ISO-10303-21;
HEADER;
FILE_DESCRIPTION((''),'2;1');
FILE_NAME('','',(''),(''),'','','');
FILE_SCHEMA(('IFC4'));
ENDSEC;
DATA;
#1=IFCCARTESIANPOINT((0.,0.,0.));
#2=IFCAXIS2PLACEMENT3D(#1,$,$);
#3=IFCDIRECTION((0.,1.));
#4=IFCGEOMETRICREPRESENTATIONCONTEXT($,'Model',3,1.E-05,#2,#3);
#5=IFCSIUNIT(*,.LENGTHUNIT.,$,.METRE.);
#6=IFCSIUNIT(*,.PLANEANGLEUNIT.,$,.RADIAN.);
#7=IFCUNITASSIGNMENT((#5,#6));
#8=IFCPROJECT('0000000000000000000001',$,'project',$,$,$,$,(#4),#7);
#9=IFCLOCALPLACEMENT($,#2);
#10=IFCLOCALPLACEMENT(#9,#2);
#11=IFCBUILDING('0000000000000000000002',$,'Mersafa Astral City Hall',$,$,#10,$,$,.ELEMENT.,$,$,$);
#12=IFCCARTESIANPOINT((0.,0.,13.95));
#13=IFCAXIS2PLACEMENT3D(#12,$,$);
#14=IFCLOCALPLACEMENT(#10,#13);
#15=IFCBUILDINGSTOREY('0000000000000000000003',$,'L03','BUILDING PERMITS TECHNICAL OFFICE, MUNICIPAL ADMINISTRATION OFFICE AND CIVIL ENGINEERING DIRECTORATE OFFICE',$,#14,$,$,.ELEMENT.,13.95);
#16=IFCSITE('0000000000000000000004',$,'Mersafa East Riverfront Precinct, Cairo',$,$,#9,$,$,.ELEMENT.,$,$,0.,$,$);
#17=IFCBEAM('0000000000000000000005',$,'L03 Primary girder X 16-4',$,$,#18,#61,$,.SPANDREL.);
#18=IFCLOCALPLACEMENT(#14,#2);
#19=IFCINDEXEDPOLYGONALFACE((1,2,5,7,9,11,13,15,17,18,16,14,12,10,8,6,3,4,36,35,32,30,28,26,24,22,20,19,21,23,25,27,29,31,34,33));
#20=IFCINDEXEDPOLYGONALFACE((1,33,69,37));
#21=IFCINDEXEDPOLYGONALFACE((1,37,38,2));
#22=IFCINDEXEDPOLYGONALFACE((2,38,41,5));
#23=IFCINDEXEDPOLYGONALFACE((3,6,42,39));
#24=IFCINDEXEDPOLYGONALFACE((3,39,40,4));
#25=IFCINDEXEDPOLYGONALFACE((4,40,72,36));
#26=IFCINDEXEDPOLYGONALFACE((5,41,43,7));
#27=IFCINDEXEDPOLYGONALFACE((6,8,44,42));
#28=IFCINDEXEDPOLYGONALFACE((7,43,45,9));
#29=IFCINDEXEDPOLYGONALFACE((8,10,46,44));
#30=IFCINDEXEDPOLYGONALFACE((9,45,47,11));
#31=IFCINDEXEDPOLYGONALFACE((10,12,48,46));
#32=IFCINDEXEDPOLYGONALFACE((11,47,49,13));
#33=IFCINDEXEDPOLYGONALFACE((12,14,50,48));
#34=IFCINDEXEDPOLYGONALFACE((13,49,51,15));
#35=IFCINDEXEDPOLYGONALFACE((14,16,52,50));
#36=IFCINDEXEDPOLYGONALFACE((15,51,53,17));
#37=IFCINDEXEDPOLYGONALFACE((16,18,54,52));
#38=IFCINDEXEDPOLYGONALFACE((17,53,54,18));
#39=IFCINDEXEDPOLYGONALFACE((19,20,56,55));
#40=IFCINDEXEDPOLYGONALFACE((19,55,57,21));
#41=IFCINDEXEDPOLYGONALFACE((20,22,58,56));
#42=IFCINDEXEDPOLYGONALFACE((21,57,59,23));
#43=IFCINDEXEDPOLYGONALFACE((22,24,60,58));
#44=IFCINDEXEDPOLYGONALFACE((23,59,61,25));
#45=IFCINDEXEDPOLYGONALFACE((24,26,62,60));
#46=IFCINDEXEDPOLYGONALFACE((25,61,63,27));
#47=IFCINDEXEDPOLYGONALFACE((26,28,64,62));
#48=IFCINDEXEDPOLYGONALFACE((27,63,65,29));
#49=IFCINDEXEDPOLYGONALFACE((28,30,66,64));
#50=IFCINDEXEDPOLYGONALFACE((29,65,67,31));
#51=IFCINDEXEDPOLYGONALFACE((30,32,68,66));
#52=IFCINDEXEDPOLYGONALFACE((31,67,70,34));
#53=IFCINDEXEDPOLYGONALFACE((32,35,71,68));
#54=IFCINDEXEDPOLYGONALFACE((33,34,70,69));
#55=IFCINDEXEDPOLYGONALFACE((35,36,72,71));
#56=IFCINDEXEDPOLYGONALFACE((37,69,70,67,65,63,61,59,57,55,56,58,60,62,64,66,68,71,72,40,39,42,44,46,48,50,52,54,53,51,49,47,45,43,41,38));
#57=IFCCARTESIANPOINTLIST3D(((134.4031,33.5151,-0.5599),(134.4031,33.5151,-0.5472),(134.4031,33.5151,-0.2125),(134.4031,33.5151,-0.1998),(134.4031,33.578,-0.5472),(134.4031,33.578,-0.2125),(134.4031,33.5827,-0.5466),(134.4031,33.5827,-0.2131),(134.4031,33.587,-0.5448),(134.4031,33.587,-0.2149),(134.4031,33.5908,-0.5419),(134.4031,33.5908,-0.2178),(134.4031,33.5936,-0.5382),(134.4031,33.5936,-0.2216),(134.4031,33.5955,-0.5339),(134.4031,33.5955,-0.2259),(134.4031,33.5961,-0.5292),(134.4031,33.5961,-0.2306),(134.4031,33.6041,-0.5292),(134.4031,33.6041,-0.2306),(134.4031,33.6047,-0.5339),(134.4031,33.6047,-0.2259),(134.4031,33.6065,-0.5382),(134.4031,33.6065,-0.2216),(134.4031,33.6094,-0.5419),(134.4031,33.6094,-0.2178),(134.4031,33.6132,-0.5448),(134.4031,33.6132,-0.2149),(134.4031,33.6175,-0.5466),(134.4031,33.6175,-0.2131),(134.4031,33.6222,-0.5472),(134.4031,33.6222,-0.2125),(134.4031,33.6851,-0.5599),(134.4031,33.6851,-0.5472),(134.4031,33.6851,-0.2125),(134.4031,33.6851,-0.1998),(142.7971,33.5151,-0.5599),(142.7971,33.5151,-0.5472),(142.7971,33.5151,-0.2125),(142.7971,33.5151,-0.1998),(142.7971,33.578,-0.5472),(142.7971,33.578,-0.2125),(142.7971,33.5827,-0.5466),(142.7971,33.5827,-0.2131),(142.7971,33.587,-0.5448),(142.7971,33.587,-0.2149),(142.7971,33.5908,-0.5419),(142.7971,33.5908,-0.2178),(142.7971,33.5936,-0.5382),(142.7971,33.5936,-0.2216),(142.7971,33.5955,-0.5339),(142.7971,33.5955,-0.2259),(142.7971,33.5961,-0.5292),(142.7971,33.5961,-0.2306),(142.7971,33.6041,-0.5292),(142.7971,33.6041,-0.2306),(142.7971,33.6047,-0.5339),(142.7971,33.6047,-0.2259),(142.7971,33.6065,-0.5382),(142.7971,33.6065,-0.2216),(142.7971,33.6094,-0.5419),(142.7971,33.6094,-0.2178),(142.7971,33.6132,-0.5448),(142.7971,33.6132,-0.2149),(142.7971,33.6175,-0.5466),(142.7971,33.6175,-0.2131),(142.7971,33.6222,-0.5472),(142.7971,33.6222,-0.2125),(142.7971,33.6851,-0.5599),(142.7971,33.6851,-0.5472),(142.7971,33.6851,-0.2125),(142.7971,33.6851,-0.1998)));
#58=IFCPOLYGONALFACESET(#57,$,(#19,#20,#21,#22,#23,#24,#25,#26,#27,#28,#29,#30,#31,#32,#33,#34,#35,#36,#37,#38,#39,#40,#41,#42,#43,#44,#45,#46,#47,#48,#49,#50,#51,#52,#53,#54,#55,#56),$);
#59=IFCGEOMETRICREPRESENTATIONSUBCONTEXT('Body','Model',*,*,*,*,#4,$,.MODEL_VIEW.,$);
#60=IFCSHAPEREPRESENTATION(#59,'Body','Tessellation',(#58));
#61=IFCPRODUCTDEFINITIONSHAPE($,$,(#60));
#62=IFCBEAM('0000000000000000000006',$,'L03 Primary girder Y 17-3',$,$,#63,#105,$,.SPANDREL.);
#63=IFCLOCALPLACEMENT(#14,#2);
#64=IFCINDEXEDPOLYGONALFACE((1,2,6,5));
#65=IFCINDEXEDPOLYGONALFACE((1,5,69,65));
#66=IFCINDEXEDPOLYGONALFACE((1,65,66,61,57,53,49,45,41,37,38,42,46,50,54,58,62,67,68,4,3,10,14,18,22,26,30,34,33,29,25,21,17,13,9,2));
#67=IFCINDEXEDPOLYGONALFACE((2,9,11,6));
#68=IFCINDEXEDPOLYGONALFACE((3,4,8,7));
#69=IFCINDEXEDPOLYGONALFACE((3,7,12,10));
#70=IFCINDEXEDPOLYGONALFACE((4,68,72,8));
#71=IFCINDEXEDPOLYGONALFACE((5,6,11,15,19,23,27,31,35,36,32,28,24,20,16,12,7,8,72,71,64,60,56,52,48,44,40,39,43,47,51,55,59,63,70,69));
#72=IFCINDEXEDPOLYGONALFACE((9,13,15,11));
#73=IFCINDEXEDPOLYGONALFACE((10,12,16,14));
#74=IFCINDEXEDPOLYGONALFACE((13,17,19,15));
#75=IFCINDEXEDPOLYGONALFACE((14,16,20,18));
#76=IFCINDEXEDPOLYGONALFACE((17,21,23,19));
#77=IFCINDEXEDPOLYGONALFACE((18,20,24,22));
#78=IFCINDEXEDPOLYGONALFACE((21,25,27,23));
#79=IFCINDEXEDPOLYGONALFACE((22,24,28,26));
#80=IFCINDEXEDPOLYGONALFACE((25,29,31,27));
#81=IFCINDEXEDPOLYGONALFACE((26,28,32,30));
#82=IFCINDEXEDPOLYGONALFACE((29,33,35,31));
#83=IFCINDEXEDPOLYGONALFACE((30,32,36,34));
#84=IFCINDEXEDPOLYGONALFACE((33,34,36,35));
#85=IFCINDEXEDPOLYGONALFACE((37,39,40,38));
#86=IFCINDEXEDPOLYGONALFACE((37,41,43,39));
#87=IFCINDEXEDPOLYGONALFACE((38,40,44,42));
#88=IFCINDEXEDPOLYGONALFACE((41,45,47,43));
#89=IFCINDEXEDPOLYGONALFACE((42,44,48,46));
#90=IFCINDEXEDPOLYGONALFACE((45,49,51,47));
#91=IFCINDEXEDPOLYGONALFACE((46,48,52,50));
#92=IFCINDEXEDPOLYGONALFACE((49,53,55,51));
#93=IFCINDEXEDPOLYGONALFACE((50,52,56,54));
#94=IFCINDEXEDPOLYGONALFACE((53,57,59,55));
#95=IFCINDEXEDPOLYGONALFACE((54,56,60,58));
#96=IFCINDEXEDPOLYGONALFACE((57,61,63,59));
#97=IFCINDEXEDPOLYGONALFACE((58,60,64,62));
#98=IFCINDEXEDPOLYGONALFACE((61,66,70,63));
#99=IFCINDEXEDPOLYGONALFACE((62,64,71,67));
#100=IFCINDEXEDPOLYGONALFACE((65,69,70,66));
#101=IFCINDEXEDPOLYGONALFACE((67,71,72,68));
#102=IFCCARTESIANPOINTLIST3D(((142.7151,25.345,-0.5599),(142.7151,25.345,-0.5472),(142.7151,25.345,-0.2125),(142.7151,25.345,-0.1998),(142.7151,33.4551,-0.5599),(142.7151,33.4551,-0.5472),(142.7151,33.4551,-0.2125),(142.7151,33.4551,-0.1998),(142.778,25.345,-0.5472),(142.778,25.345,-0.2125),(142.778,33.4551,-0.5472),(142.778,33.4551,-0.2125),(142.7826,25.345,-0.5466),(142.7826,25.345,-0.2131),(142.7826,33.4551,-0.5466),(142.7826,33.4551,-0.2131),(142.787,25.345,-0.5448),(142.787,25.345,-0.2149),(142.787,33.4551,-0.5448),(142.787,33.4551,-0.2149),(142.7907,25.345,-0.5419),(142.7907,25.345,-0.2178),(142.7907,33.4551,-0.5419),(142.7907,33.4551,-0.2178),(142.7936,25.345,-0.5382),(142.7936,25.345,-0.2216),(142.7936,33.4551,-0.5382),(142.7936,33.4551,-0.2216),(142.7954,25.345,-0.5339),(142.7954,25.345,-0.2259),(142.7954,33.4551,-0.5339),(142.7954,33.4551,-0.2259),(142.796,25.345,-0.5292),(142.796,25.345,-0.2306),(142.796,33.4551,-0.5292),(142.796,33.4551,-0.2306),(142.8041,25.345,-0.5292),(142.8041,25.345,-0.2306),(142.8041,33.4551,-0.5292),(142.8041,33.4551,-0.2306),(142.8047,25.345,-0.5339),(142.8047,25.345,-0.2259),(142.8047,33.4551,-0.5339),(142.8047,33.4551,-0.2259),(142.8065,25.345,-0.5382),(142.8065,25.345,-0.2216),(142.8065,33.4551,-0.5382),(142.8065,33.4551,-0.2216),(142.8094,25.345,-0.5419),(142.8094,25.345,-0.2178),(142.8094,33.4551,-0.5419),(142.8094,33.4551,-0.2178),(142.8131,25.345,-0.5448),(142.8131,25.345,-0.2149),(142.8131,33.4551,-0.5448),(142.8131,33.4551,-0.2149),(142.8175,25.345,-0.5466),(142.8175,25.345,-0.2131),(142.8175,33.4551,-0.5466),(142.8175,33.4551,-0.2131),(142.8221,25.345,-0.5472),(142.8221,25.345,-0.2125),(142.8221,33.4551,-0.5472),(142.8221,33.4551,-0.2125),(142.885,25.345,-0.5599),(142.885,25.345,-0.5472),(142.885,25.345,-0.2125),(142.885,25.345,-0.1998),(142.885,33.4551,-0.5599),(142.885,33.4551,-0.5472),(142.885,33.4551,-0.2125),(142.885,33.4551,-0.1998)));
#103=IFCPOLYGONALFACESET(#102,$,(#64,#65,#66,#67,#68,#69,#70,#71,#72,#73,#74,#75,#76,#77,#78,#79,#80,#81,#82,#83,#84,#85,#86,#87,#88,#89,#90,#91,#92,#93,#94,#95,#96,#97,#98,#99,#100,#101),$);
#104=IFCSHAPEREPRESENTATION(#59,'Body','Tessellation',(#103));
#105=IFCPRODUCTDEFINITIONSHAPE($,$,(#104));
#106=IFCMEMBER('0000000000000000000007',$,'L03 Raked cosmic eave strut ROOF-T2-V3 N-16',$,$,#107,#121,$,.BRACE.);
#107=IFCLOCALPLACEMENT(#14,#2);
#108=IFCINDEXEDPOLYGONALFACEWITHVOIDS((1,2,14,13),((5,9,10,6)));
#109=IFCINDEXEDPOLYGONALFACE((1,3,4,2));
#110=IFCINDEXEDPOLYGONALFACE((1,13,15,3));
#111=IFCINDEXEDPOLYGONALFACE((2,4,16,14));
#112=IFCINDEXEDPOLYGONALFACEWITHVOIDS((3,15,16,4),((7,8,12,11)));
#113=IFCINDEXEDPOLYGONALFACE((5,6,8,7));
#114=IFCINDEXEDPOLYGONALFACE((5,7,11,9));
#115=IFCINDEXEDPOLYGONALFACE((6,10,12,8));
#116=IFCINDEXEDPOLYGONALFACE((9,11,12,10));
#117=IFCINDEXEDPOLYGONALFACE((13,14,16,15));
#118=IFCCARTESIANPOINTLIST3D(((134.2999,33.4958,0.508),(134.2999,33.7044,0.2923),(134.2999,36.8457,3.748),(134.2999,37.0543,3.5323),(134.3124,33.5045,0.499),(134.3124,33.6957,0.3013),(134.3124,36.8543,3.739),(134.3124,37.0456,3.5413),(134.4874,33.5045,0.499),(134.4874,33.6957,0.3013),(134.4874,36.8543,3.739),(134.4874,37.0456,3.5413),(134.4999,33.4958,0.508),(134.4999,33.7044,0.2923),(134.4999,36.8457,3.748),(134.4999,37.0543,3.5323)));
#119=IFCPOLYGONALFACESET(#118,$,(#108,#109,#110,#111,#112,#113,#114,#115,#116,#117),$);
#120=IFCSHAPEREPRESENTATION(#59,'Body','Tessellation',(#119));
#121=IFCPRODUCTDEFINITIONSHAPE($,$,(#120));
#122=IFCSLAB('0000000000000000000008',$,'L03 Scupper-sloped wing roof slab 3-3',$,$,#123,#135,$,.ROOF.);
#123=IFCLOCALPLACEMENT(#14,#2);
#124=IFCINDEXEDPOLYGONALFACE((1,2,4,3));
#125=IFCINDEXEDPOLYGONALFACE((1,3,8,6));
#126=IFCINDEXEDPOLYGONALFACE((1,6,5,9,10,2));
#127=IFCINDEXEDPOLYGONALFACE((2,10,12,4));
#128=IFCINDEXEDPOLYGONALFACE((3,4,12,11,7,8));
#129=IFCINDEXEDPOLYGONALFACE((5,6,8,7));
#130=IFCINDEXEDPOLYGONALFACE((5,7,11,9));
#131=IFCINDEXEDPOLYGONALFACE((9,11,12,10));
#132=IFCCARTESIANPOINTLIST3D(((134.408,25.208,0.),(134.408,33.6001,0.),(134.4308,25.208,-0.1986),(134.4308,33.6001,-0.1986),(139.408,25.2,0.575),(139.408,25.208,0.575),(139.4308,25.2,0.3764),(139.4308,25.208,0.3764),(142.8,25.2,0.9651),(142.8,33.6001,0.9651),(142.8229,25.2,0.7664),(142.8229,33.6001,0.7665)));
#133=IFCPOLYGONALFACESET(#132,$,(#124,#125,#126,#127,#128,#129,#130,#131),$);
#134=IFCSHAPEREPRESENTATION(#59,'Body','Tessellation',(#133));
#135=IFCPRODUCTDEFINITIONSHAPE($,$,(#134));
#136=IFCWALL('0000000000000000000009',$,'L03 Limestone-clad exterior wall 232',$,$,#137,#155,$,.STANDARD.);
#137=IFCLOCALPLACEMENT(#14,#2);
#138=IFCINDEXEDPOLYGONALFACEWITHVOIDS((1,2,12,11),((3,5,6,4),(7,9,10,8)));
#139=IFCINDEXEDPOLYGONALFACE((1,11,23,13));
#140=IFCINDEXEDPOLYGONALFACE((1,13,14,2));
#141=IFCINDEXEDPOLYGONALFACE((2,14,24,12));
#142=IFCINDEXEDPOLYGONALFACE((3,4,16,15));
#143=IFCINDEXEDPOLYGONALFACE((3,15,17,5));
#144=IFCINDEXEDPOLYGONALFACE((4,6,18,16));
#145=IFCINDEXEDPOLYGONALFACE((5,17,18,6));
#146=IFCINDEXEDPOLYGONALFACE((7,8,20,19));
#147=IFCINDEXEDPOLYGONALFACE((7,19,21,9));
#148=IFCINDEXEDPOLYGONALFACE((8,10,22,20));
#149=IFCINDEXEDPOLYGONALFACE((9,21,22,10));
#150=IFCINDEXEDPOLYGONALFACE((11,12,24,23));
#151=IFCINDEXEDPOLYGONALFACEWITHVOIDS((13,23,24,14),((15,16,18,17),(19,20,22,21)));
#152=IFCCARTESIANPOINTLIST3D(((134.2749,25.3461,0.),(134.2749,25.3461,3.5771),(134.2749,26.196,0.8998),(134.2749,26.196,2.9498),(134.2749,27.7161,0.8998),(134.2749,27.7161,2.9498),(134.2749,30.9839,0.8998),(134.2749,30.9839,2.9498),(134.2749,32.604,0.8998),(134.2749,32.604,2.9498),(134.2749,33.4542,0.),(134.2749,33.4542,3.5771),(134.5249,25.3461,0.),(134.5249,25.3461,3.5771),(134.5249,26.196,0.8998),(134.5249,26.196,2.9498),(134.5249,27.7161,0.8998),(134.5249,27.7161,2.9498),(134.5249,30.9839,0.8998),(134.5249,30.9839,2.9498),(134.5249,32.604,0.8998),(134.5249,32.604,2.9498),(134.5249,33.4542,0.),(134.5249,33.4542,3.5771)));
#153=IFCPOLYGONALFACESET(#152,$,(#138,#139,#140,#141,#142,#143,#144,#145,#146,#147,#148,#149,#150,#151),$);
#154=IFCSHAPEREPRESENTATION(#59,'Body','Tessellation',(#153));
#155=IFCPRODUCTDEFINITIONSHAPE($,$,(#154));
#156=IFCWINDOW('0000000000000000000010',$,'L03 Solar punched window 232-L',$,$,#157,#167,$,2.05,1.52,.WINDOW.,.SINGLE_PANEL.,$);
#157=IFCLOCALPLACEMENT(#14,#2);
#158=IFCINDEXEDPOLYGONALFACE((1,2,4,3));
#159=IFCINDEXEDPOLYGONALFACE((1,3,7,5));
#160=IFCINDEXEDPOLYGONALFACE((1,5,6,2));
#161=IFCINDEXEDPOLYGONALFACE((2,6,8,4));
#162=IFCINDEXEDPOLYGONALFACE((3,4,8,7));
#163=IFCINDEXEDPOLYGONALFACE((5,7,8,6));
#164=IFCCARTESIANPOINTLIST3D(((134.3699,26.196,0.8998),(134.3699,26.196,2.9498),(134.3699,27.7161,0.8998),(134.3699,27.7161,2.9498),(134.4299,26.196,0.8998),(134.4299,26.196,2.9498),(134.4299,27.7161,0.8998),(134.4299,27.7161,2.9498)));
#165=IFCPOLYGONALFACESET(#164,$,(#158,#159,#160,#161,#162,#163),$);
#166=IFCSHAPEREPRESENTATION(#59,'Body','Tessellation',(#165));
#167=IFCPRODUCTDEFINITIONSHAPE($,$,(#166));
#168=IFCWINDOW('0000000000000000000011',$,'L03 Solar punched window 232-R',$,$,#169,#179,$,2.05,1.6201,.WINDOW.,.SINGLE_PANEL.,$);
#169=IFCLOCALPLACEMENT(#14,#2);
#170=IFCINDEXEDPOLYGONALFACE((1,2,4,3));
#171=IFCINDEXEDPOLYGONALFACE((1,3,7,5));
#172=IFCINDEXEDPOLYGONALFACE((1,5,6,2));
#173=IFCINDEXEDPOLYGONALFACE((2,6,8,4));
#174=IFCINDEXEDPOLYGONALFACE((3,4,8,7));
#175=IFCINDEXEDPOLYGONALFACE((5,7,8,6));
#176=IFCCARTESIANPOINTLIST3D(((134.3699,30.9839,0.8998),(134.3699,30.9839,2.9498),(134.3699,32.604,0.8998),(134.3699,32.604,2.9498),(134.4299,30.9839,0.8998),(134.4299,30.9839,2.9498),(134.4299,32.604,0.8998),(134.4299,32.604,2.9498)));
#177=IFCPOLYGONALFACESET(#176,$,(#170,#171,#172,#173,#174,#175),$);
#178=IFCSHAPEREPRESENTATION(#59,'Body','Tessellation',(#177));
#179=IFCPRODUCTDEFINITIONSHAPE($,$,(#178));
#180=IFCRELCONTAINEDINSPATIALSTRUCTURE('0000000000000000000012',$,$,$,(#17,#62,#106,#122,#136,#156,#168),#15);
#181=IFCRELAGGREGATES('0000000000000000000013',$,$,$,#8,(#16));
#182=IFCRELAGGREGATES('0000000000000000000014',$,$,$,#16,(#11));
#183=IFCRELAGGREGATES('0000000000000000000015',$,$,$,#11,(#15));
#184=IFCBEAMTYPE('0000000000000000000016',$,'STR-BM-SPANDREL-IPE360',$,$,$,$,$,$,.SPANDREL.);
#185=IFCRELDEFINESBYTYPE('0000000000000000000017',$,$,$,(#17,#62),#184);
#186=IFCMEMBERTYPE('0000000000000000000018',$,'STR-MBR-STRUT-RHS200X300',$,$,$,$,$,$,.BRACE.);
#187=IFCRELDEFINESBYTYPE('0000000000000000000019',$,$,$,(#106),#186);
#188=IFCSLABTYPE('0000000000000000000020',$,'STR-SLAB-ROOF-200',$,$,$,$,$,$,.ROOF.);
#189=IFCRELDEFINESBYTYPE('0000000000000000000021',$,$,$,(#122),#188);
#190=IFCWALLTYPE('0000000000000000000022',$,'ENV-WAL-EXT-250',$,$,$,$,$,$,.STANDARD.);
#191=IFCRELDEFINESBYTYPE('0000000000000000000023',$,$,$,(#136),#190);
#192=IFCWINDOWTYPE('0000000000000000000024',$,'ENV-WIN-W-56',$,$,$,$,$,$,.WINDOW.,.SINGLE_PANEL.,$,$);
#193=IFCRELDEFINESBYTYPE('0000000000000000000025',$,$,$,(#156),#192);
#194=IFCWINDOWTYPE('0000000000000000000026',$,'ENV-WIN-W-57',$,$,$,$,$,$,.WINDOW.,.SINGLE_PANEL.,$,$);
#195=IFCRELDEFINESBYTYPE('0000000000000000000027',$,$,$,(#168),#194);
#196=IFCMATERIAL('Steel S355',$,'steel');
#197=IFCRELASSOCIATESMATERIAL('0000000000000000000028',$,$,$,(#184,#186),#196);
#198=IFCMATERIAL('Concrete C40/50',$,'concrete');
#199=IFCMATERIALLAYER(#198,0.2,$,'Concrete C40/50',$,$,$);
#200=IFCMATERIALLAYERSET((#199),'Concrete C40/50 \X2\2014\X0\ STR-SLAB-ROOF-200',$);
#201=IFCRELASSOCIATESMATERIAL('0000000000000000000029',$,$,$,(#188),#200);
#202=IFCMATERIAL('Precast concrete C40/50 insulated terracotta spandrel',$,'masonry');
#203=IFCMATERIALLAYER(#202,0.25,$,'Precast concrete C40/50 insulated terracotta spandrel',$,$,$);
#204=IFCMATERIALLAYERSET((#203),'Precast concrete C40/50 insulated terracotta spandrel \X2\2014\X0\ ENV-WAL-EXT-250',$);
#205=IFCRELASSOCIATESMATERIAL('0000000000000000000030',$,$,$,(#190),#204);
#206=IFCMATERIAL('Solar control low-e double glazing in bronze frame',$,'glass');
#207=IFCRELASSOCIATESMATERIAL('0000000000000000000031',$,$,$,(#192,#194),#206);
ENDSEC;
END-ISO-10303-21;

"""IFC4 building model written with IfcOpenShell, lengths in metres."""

from ifc_helpers import new_model, si_unit, direction, frame, frame_2d, origin, origin_2d, place, context, subcontext, project, spatial, polyline, rectangle, hollow_rectangle, i_section, outline, extrude, material, layer, layer_set, material_profile, profile_set, type_object, element, fill, save


model = new_model("IFC4")

# Units and contexts
model_context = context("Model", 3, precision=1e-05, world=origin(), true_north=direction((0.0, 1.0)))
body_context = subcontext(model_context, "Body", "Model", "MODEL_VIEW")
ifc_project = project(units=[si_unit("LENGTHUNIT", "METRE"), si_unit("PLANEANGLEUNIT", "RADIAN")], contexts=[model_context])

# Site, building, storey
site_placement = place(None, origin())
site = spatial("IfcSite", under=ifc_project, at=site_placement, Name="Mersafa East Riverfront Precinct, Cairo", CompositionType="ELEMENT", RefElevation=0.0)
building_placement = place(site_placement, origin())
building = spatial("IfcBuilding", under=site, at=building_placement, Name="Mersafa Astral City Hall", CompositionType="ELEMENT")
storey_placement = place(building_placement, frame((0.0, 0.0, 13.95)))
storey = spatial("IfcBuildingStorey", under=building, at=storey_placement, Name="L03", Description="BUILDING PERMITS TECHNICAL OFFICE, MUNICIPAL ADMINISTRATION OFFICE AND CIVIL ENGINEERING DIRECTORATE OFFICE", CompositionType="ELEMENT", Elevation=13.95)

# Shared definitions
ifc_material_1 = material(Name="Steel S355", Category="steel")

# Beams
ifc_material_profile_1 = material_profile(ifc_material_1, i_section(OverallWidth=0.1699, OverallDepth=0.3601, WebThickness=0.0081, FlangeThickness=0.0127, FilletRadius=0.0181, at=origin_2d()), Name="IPE 360")
ifc_profile_set_1 = profile_set([ifc_material_profile_1], Name="Steel S355")
beam_type_1 = type_object("IfcBeamType", Name="STR-BM-SPANDREL-IPE360", PredefinedType="SPANDREL", material=ifc_profile_set_1)
beam_1_placement = place(storey_placement, frame((134.4031, 33.6001, -0.3799), z_axis=(1.0, 0.0, 0.0), x_axis=(0.0, 1.0, 0.0)))
element("IfcBeam", 1, at=beam_1_placement, inside=storey, type_object=beam_type_1, Name="L03 Primary girder X 16-4", PredefinedType="SPANDREL", context=body_context, shape_type="SweptSolid", body=[
    extrude(i_section(OverallWidth=0.1699, OverallDepth=0.3601, WebThickness=0.0081, FlangeThickness=0.0127, FilletRadius=0.0181, at=origin_2d()), origin(), (0.0, 0.0, 1.0), 8.394),
])
beam_2_placement = place(storey_placement, frame((142.8, 25.345, -0.3799), z_axis=(0.0, 1.0, 0.0), x_axis=(-1.0, 0.0, 0.0)))
element("IfcBeam", 2, at=beam_2_placement, inside=storey, type_object=beam_type_1, Name="L03 Primary girder Y 17-3", PredefinedType="SPANDREL", context=body_context, shape_type="SweptSolid", body=[
    extrude(i_section(OverallWidth=0.1699, OverallDepth=0.3601, WebThickness=0.0081, FlangeThickness=0.0127, FilletRadius=0.0181, at=origin_2d()), origin(), (0.0, 0.0, 1.0), 8.1101),
])

# Member
ifc_material_profile_2 = material_profile(ifc_material_1, hollow_rectangle(XDim=0.2, YDim=0.3, WallThickness=0.0125, at=origin_2d()), Name="RHS 200x300x12.5")
ifc_profile_set_2 = profile_set([ifc_material_profile_2], Name="Steel S355")
member_type = type_object("IfcMemberType", Name="STR-MBR-STRUT-RHS200X300", PredefinedType="BRACE", material=ifc_profile_set_2)
member_placement = place(storey_placement, frame((134.3999, 33.6001, 0.4001), z_axis=(0.0, 0.718796, 0.695222), x_axis=(-1.0, 0.0, 0.0)))
element("IfcMember", 3, at=member_placement, inside=storey, type_object=member_type, Name="L03 Raked cosmic eave strut ROOF-T2-V3 N-16", PredefinedType="BRACE", context=body_context, shape_type="SweptSolid", body=[
    extrude(hollow_rectangle(XDim=0.2, YDim=0.3, WallThickness=0.0125, at=origin_2d()), origin(), (0.0, 0.0, 1.0), 4.6604),
])

# Slab
ifc_material_2 = material(Name="Concrete C40/50", Category="concrete")
ifc_layer_1 = layer(ifc_material_2, 0.2, Name="Concrete C40/50")
ifc_layer_set_1 = layer_set([ifc_layer_1], Name="Concrete C40/50 — STR-SLAB-ROOF-200")
slab_type = type_object("IfcSlabType", Name="STR-SLAB-ROOF-200", PredefinedType="ROOF", material=ifc_layer_set_1)
slab_placement = place(storey_placement, frame((142.8, 25.2, 0.9651), z_axis=(-0.114247, -0.000003, 0.993452), x_axis=(0.0, 1.0, 0.000003)))
element("IfcSlab", 4, at=slab_placement, inside=storey, type_object=slab_type, Name="L03 Scupper-sloped wing roof slab 3-3", PredefinedType="ROOF", context=body_context, shape_type="SweptSolid", body=[
    extrude(outline(polyline([(0.0, 0.0), (8.4001, 0.0), (8.4001, 8.4474), (0.0081, 8.4474), (0.0081, 3.4145), (0.0, 3.4145), (0.0, 0.0)])), origin(), (0.0, 0.0, -1.0), 0.2),
])

# Wall, openings, windows
ifc_material_3 = material(Name="Precast concrete C40/50 insulated terracotta spandrel", Category="masonry")
ifc_layer_2 = layer(ifc_material_3, 0.25, Name="Precast concrete C40/50 insulated terracotta spandrel")
ifc_layer_set_2 = layer_set([ifc_layer_2], Name="Precast concrete C40/50 insulated terracotta spandrel — ENV-WAL-EXT-250")
wall_type_1 = type_object("IfcWallType", Name="ENV-WAL-EXT-250", PredefinedType="STANDARD", material=ifc_layer_set_2)
wall_1_placement = place(storey_placement, frame((134.3999, 25.3459, 0.0), z_axis=(0.0, 0.0, 1.0), x_axis=(0.0, 1.0, 0.0)))
wall_1 = element("IfcWall", 5, at=wall_1_placement, inside=storey, type_object=wall_type_1, Name="L03 Limestone-clad exterior wall 232", PredefinedType="STANDARD", context=body_context, shape_type="SweptSolid", body=[
    extrude(rectangle(XDim=8.1082, YDim=0.25, at=frame_2d((4.0542, 0.0))), origin(), (0.0, 0.0, 1.0), 3.5771),
])
opening_1_placement = place(wall_1_placement, frame((0.8501, 0.0, 0.8999)))
opening_1 = element("IfcOpeningElement", 6, at=opening_1_placement, cuts=wall_1, PredefinedType="OPENING", context=body_context, shape_type="SweptSolid", body=[
    extrude(rectangle(XDim=1.52, YDim=2.05, at=frame_2d((0.76, 1.0249))), frame((0.0, 0.135, 0.0), z_axis=(0.0, -1.0, 0.0), x_axis=(1.0, 0.0, 0.0)), (0.0, 0.0, 1.0), 0.27),
])
opening_2_placement = place(wall_1_placement, frame((5.6379, 0.0, 0.8999)))
opening_2 = element("IfcOpeningElement", 7, at=opening_2_placement, cuts=wall_1, PredefinedType="OPENING", context=body_context, shape_type="SweptSolid", body=[
    extrude(rectangle(XDim=1.6201, YDim=2.05, at=frame_2d((0.8101, 1.0249))), frame((0.0, 0.135, 0.0), z_axis=(0.0, -1.0, 0.0), x_axis=(1.0, 0.0, 0.0)), (0.0, 0.0, 1.0), 0.27),
])
ifc_material_4 = material(Name="Solar control low-e double glazing in bronze frame", Category="glass")
window_type_1 = type_object("IfcWindowType", Name="ENV-WIN-W-56", PartitioningType="SINGLE_PANEL", PredefinedType="WINDOW", material=ifc_material_4)
window_1_placement = place(opening_1_placement, origin())
window_1 = element("IfcWindow", 8, at=window_1_placement, inside=storey, type_object=window_type_1, Name="L03 Solar punched window 232-L", OverallHeight=2.05, OverallWidth=1.52, PartitioningType="SINGLE_PANEL", PredefinedType="WINDOW", context=body_context, shape_type="SweptSolid", body=[
    extrude(rectangle(XDim=1.52, YDim=2.05, at=frame_2d((0.76, 1.0249))), frame((0.0, 0.03, 0.0), z_axis=(0.0, -1.0, 0.0), x_axis=(1.0, 0.0, 0.0)), (0.0, 0.0, 1.0), 0.0601),
])
fill(opening_1, window_1)
window_type_2 = type_object("IfcWindowType", Name="ENV-WIN-W-57", PartitioningType="SINGLE_PANEL", PredefinedType="WINDOW", material=ifc_material_4)
window_2_placement = place(opening_2_placement, origin())
window_2 = element("IfcWindow", 9, at=window_2_placement, inside=storey, type_object=window_type_2, Name="L03 Solar punched window 232-R", OverallHeight=2.05, OverallWidth=1.6201, PartitioningType="SINGLE_PANEL", PredefinedType="WINDOW", context=body_context, shape_type="SweptSolid", body=[
    extrude(rectangle(XDim=1.6201, YDim=2.05, at=frame_2d((0.8101, 1.0249))), frame((0.0, 0.03, 0.0), z_axis=(0.0, -1.0, 0.0), x_axis=(1.0, 0.0, 0.0)), (0.0, 0.0, 1.0), 0.0601),
])
fill(opening_2, window_2)

save(model, "model.ifc")
